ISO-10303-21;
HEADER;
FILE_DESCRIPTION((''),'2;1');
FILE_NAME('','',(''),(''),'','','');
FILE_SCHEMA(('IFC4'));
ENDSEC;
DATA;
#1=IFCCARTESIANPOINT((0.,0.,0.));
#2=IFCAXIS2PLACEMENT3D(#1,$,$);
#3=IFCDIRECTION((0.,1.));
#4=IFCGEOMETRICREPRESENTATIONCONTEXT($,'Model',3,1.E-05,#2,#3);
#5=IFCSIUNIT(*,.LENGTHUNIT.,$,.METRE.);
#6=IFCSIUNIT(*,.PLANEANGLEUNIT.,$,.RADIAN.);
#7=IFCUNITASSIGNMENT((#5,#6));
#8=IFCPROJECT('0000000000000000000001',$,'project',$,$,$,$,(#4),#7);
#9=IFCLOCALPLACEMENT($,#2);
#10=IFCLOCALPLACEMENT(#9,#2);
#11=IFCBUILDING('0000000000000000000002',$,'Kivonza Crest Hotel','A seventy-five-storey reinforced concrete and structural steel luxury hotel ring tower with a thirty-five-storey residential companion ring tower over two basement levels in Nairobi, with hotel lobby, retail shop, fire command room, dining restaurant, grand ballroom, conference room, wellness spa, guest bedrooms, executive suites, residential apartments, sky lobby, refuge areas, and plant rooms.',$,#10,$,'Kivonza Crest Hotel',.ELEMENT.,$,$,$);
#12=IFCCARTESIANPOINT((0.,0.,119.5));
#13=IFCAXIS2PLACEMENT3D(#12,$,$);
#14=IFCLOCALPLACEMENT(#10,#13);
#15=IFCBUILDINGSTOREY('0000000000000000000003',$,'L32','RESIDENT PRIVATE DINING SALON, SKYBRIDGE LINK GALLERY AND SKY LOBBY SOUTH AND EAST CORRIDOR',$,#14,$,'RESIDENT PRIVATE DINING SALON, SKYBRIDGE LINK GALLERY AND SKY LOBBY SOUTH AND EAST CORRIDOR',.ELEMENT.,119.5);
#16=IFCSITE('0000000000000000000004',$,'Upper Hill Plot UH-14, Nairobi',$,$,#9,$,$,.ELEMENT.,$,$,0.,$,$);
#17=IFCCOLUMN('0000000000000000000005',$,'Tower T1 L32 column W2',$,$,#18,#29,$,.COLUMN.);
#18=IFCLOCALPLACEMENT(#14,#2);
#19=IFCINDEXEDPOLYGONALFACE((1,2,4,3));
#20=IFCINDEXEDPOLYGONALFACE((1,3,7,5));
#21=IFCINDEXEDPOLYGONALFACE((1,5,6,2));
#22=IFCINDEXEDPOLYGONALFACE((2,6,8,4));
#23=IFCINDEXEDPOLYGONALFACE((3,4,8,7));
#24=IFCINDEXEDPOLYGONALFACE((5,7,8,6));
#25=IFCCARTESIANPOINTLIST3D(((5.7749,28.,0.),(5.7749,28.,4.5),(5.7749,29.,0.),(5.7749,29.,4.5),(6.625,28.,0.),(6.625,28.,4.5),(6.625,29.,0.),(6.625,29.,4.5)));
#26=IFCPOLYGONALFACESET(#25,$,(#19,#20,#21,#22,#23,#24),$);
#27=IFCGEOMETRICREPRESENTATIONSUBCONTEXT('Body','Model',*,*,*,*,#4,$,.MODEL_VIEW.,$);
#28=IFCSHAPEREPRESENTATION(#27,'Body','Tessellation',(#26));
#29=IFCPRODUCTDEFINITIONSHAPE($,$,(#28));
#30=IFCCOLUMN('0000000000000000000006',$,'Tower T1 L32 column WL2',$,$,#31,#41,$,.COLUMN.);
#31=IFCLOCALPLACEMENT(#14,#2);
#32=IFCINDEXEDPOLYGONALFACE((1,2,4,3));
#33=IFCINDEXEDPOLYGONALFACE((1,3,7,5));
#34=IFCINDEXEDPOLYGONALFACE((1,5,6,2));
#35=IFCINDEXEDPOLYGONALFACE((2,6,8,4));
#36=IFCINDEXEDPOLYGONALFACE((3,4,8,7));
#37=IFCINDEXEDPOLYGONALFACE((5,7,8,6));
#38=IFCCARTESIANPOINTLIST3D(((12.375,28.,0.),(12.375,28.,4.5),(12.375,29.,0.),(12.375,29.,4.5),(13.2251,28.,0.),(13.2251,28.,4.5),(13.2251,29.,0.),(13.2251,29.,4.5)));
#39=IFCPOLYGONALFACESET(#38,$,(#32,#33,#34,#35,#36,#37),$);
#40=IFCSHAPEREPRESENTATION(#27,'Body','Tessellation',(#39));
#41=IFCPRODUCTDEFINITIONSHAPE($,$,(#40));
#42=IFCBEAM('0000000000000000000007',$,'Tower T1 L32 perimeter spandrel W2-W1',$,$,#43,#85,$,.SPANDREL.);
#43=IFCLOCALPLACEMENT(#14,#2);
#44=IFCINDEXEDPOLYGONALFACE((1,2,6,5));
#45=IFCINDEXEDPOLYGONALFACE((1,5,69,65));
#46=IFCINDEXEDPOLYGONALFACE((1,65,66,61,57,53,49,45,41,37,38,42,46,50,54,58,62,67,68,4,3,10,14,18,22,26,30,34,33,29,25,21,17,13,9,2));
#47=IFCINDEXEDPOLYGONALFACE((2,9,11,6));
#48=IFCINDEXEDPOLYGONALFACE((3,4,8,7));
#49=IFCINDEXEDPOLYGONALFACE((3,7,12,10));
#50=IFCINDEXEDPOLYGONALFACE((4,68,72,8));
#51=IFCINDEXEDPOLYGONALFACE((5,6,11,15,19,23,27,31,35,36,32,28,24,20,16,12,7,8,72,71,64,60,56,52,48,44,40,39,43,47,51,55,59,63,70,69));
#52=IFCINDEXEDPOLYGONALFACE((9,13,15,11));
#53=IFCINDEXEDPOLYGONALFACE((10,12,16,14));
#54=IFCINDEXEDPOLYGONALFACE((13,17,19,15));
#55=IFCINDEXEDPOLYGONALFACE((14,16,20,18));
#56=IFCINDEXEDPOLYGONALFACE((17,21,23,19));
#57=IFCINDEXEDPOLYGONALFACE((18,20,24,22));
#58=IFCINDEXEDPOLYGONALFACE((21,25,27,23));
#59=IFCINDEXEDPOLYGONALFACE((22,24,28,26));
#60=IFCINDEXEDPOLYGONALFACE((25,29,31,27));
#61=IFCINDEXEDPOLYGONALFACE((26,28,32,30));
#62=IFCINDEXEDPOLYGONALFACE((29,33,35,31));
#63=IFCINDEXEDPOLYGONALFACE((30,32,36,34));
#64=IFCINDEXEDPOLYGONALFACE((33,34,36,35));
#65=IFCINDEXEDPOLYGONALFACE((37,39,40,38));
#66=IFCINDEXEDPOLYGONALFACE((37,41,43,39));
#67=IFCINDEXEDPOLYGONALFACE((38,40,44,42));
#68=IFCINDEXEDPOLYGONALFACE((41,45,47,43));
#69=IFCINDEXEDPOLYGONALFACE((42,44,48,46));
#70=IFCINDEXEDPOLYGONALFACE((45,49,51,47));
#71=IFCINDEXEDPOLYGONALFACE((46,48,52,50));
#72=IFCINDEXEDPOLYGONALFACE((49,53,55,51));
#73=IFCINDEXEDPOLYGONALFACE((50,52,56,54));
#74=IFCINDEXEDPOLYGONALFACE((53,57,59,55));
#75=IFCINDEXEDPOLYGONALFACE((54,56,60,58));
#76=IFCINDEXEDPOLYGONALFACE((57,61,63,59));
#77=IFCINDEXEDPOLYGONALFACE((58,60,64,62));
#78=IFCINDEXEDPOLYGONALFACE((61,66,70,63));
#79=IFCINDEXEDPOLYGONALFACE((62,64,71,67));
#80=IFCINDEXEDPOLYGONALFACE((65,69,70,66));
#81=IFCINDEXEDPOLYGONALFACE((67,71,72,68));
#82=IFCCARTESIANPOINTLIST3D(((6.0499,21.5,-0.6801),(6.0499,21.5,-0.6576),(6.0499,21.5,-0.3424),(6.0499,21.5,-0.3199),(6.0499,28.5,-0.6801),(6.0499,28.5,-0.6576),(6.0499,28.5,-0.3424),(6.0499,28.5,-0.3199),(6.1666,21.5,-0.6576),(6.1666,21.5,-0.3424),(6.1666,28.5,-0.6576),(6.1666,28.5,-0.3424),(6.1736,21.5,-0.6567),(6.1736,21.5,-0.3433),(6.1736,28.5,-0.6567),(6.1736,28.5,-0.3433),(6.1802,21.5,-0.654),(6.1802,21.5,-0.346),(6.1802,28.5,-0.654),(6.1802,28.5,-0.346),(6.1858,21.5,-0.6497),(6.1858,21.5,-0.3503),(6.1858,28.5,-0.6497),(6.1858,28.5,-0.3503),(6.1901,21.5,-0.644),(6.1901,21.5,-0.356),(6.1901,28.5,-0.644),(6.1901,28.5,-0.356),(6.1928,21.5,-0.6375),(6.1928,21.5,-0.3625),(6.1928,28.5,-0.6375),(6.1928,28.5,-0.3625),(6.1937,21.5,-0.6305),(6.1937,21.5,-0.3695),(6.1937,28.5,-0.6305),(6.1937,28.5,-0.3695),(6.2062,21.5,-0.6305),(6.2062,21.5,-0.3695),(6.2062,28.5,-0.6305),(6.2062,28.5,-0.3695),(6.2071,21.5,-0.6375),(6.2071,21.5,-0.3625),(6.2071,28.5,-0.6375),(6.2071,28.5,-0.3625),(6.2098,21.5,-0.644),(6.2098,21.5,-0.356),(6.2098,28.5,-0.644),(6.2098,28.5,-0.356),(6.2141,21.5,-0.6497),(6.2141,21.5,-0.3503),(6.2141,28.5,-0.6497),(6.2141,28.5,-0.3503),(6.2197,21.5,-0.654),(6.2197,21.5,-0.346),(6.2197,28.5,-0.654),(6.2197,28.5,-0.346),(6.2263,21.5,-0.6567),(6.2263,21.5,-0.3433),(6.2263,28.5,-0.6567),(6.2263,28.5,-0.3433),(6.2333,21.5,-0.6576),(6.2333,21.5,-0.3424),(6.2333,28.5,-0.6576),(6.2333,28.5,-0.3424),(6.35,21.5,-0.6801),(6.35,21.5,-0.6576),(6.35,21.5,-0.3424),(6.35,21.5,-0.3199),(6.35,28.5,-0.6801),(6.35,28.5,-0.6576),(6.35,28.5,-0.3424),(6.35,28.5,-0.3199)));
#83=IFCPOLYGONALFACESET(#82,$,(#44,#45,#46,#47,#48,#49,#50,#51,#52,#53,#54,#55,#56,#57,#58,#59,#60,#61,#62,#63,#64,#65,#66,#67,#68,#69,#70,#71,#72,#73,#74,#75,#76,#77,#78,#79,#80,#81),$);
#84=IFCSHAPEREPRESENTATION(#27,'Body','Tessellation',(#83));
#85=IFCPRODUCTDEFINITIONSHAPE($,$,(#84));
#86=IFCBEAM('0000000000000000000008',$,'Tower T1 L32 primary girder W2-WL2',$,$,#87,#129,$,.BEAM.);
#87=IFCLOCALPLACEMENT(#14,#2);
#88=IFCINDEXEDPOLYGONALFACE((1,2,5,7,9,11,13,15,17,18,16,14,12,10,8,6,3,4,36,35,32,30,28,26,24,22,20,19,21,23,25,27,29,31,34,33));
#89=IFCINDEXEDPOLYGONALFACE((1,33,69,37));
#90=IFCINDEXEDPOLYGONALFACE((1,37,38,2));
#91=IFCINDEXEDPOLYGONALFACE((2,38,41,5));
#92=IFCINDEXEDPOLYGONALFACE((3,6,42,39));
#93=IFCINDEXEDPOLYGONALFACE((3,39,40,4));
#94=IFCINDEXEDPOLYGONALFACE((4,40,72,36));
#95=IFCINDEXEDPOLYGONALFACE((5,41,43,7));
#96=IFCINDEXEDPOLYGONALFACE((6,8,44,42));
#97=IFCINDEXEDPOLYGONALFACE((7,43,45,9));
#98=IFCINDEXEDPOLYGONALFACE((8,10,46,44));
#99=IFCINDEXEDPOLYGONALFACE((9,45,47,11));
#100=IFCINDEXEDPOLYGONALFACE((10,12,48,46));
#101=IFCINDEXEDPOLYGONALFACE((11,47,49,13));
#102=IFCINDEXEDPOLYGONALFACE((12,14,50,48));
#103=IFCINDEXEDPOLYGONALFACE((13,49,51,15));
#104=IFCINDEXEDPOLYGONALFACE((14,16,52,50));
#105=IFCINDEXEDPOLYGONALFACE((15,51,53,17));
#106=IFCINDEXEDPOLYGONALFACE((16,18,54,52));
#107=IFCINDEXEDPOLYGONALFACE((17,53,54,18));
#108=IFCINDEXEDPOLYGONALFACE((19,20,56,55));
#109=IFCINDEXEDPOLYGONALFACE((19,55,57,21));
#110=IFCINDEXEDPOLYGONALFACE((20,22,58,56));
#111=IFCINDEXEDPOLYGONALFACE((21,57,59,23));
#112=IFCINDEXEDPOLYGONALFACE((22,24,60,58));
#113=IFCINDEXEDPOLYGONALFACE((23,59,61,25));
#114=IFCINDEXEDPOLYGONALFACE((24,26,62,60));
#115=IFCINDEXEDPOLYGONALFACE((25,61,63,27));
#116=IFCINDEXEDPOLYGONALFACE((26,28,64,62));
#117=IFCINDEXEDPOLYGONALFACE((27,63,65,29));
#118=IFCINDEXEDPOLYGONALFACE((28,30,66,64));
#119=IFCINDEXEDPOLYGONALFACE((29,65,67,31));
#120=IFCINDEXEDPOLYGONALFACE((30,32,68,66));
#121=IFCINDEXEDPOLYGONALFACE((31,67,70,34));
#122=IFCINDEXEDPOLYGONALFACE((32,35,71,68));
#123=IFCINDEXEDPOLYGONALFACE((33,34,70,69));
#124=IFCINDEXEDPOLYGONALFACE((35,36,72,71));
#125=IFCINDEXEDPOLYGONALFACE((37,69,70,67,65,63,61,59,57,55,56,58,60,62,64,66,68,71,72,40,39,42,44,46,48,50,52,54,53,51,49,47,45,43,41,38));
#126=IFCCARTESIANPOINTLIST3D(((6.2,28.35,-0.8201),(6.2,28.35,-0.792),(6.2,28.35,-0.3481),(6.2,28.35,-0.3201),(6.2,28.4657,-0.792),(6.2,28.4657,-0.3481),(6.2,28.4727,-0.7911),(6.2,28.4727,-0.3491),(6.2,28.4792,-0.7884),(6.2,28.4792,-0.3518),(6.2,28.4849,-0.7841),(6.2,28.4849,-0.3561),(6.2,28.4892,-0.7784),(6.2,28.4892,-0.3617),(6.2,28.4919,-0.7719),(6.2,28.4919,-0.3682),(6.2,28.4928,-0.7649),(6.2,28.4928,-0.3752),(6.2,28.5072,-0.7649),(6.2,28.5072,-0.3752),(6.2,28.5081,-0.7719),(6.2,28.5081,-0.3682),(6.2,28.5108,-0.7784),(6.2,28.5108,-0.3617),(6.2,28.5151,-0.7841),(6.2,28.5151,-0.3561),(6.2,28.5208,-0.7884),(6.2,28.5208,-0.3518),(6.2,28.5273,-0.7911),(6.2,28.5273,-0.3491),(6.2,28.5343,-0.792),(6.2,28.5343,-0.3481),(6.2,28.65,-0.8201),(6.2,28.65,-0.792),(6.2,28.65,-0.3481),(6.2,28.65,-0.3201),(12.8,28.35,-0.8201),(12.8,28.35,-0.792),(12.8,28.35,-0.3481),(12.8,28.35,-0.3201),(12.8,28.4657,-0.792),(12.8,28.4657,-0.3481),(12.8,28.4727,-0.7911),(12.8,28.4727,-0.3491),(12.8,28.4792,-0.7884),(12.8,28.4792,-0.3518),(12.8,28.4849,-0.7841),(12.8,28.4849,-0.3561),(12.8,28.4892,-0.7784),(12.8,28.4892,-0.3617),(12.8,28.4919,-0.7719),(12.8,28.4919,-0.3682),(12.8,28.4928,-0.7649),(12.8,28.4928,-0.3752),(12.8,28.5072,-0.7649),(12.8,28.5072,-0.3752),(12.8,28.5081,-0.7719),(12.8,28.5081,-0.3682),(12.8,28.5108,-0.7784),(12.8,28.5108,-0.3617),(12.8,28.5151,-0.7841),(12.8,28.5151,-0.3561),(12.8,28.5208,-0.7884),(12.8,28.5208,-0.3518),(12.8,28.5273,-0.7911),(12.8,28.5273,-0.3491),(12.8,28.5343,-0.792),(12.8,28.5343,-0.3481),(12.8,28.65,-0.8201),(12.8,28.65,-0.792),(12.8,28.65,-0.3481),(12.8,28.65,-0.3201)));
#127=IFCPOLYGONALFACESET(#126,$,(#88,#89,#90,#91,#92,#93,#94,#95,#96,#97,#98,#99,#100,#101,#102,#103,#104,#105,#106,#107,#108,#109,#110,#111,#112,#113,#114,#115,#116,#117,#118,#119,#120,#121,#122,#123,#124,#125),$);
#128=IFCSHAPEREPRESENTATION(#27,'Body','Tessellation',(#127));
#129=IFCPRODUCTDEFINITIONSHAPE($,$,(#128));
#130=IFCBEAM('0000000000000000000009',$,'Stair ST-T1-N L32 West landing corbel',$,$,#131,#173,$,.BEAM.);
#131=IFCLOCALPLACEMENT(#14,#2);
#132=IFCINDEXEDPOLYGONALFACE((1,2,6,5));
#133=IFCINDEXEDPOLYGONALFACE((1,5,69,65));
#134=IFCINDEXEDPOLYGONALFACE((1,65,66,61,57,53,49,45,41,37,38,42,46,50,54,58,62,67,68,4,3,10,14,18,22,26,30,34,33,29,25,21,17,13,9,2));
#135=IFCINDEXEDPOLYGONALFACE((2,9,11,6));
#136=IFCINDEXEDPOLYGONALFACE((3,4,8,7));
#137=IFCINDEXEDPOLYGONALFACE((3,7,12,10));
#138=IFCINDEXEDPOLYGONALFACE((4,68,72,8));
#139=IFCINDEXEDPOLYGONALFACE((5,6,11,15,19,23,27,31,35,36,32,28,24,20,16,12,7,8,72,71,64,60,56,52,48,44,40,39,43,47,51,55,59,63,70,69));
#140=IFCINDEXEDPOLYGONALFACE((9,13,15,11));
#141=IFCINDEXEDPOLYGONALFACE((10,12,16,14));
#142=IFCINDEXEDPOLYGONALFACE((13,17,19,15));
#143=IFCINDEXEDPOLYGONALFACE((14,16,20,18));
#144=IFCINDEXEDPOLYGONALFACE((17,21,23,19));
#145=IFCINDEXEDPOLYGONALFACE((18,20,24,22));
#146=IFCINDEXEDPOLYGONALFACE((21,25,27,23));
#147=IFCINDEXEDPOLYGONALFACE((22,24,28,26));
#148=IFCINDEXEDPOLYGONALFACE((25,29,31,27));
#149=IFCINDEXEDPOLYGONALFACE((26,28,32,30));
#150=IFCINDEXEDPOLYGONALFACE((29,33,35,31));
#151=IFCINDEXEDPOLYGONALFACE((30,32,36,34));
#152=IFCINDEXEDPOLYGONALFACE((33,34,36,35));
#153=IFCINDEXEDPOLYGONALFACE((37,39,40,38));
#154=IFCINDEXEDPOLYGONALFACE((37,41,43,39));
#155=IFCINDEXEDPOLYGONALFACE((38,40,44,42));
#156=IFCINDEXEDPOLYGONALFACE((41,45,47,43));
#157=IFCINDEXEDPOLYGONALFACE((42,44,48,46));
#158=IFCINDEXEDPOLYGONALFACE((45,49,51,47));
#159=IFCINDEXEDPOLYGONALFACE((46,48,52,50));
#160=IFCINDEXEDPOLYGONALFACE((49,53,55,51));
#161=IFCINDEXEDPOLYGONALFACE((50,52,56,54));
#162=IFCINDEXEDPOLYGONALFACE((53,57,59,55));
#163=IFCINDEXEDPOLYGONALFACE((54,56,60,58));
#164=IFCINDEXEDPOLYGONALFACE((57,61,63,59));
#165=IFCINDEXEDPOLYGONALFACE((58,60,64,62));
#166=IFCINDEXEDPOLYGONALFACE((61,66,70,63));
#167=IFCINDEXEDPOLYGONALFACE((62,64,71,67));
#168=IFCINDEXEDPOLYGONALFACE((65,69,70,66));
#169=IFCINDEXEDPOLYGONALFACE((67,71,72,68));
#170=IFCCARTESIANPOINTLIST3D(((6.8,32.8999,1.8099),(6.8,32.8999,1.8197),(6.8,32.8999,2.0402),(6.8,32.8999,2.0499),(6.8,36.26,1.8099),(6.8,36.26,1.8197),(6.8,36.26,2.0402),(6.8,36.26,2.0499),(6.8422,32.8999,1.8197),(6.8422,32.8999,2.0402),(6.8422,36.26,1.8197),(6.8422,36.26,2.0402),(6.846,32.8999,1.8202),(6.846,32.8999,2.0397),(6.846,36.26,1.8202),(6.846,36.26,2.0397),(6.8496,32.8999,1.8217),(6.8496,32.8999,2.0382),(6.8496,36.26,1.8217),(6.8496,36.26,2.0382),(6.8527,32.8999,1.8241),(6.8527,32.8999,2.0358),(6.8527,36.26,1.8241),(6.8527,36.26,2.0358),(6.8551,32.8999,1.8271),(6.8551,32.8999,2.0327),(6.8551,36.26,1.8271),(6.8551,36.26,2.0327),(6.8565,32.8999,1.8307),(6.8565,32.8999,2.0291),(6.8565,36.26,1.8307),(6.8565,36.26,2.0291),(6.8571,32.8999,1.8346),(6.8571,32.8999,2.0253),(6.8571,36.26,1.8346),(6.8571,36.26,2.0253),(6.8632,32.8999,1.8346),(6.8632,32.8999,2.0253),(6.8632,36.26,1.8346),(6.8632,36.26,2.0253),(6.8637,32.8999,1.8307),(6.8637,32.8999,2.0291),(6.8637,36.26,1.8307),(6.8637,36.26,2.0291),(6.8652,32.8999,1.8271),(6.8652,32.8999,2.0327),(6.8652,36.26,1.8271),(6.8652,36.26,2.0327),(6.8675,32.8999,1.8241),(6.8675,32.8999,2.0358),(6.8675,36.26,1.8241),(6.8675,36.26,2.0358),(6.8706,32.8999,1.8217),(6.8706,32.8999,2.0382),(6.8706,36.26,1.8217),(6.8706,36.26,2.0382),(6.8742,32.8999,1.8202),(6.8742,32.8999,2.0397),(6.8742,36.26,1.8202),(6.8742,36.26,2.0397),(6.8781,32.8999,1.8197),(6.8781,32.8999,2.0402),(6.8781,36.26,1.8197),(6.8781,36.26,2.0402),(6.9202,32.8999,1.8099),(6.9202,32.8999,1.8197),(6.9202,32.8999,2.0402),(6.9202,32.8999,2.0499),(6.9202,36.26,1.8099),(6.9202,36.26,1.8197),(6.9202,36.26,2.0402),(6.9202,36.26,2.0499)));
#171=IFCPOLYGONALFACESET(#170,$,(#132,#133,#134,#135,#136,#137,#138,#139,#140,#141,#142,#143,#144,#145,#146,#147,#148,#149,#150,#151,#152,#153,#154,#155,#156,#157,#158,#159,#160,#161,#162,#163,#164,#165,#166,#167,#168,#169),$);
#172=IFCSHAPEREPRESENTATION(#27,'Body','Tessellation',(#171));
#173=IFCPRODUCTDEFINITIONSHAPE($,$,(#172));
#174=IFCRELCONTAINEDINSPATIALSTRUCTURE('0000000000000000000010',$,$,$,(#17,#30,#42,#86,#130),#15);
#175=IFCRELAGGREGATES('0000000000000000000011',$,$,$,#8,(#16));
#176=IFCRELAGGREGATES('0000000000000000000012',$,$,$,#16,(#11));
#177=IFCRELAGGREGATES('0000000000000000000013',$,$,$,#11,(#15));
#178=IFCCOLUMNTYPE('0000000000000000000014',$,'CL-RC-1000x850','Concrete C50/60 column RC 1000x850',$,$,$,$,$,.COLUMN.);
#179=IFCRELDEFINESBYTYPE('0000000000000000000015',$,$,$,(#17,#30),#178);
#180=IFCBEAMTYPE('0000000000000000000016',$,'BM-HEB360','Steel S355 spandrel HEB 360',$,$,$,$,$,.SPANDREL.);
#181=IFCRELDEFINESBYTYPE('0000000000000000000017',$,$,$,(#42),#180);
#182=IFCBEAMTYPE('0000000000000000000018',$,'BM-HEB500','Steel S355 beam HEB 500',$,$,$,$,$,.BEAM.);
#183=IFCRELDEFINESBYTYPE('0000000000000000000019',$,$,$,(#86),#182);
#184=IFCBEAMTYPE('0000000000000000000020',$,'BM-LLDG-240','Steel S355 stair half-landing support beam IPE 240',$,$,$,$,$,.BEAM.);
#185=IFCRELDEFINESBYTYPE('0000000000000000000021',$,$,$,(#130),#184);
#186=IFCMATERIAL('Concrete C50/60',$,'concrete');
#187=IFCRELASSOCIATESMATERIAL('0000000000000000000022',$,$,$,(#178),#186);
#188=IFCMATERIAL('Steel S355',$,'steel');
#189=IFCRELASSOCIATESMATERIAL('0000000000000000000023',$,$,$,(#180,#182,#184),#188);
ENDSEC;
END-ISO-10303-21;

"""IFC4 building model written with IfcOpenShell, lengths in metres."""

from ifc_helpers import new_model, si_unit, direction, frame, origin, origin_2d, place, context, subcontext, project, spatial, rectangle, i_section, extrude, material, material_profile, profile_set, type_object, element, save


model = new_model("IFC4")

# Units and contexts
model_context = context("Model", 3, precision=1e-05, world=origin(), true_north=direction((0.0, 1.0)))
body_context = subcontext(model_context, "Body", "Model", "MODEL_VIEW")
ifc_project = project(units=[si_unit("LENGTHUNIT", "METRE"), si_unit("PLANEANGLEUNIT", "RADIAN")], contexts=[model_context])

# Site, building, storey
site_placement = place(None, origin())
site = spatial("IfcSite", under=ifc_project, at=site_placement, Name="Upper Hill Plot UH-14, Nairobi", CompositionType="ELEMENT", RefElevation=0.0)
building_placement = place(site_placement, origin())
building = spatial("IfcBuilding", under=site, at=building_placement, Name="Kivonza Crest Hotel", Description="A seventy-five-storey reinforced concrete and structural steel luxury hotel ring tower with a thirty-five-storey residential companion ring tower over two basement levels in Nairobi, with hotel lobby, retail shop, fire command room, dining restaurant, grand ballroom, conference room, wellness spa, guest bedrooms, executive suites, residential apartments, sky lobby, refuge areas, and plant rooms.", LongName="Kivonza Crest Hotel", CompositionType="ELEMENT")
storey_placement = place(building_placement, frame((0.0, 0.0, 119.5)))
storey = spatial("IfcBuildingStorey", under=building, at=storey_placement, Name="L32", Description="RESIDENT PRIVATE DINING SALON, SKYBRIDGE LINK GALLERY AND SKY LOBBY SOUTH AND EAST CORRIDOR", LongName="RESIDENT PRIVATE DINING SALON, SKYBRIDGE LINK GALLERY AND SKY LOBBY SOUTH AND EAST CORRIDOR", CompositionType="ELEMENT", Elevation=119.5)

# Columns
ifc_material_1 = material(Name="Concrete C50/60", Category="concrete")
ifc_material_profile_1 = material_profile(ifc_material_1, rectangle(XDim=0.8501, YDim=1.0, at=origin_2d()), Name="RC 1000x850")
ifc_profile_set_1 = profile_set([ifc_material_profile_1], Name="Concrete C50/60")
column_type = type_object("IfcColumnType", Name="CL-RC-1000x850", Description="Concrete C50/60 column RC 1000x850", PredefinedType="COLUMN", material=ifc_profile_set_1)
for number, where, z_axis, x_axis, name in (
    (1, (6.2, 28.5, 0.0), (0.0, 0.0, 1.0), (1.0, 0.0, 0.0), "Tower T1 L32 column W2"),
    (2, (12.8, 28.5, 0.0), (0.0, 0.0, 1.0), (1.0, 0.0, 0.0), "Tower T1 L32 column WL2"),
):
    element("IfcColumn", number, at=place(storey_placement, frame(where, z_axis=z_axis, x_axis=x_axis)), inside=storey, type_object=column_type, Name=name, PredefinedType="COLUMN", context=body_context, shape_type="SweptSolid", body=[
        extrude(rectangle(XDim=0.8501, YDim=1.0, at=origin_2d()), origin(), (0.0, 0.0, 1.0), 4.5),
    ])

# Beams
ifc_material_2 = material(Name="Steel S355", Category="steel")
ifc_material_profile_2 = material_profile(ifc_material_2, i_section(OverallWidth=0.3, OverallDepth=0.3601, WebThickness=0.0125, FlangeThickness=0.0225, FilletRadius=0.0271, at=origin_2d()), Name="HEB 360")
ifc_profile_set_2 = profile_set([ifc_material_profile_2], Name="Steel S355")
beam_type_1 = type_object("IfcBeamType", Name="BM-HEB360", Description="Steel S355 spandrel HEB 360", PredefinedType="SPANDREL", material=ifc_profile_set_2)
beam_1_placement = place(storey_placement, frame((6.2, 28.5, -0.5), z_axis=(0.0, -1.0, 0.0), x_axis=(1.0, 0.0, 0.0)))
element("IfcBeam", 3, at=beam_1_placement, inside=storey, type_object=beam_type_1, Name="Tower T1 L32 perimeter spandrel W2-W1", PredefinedType="SPANDREL", context=body_context, shape_type="SweptSolid", body=[
    extrude(i_section(OverallWidth=0.3, OverallDepth=0.3601, WebThickness=0.0125, FlangeThickness=0.0225, FilletRadius=0.0271, at=origin_2d()), origin(), (0.0, 0.0, 1.0), 7.0),
])
ifc_material_profile_3 = material_profile(ifc_material_2, i_section(OverallWidth=0.3, OverallDepth=0.5, WebThickness=0.0144, FlangeThickness=0.0281, FilletRadius=0.0271, at=origin_2d()), Name="HEB 500")
ifc_profile_set_3 = profile_set([ifc_material_profile_3], Name="Steel S355")
beam_type_2 = type_object("IfcBeamType", Name="BM-HEB500", Description="Steel S355 beam HEB 500", PredefinedType="BEAM", material=ifc_profile_set_3)
beam_2_placement = place(storey_placement, frame((6.2, 28.5, -0.5701), z_axis=(1.0, 0.0, 0.0), x_axis=(0.0, 1.0, 0.0)))
element("IfcBeam", 4, at=beam_2_placement, inside=storey, type_object=beam_type_2, Name="Tower T1 L32 primary girder W2-WL2", PredefinedType="BEAM", context=body_context, shape_type="SweptSolid", body=[
    extrude(i_section(OverallWidth=0.3, OverallDepth=0.5, WebThickness=0.0144, FlangeThickness=0.0281, FilletRadius=0.0271, at=origin_2d()), origin(), (0.0, 0.0, 1.0), 6.6001),
])
ifc_material_profile_4 = material_profile(ifc_material_2, i_section(OverallWidth=0.1201, OverallDepth=0.24, WebThickness=0.0061, FlangeThickness=0.0098, FilletRadius=0.0149, at=origin_2d()), Name="IPE 240")
ifc_profile_set_4 = profile_set([ifc_material_profile_4], Name="Steel S355")
beam_type_3 = type_object("IfcBeamType", Name="BM-LLDG-240", Description="Steel S355 stair half-landing support beam IPE 240", PredefinedType="BEAM", material=ifc_profile_set_4)
beam_3_placement = place(storey_placement, frame((6.8601, 32.8999, 1.9299), z_axis=(0.0, 1.0, 0.0), x_axis=(-1.0, 0.0, 0.0)))
element("IfcBeam", 5, at=beam_3_placement, inside=storey, type_object=beam_type_3, Name="Stair ST-T1-N L32 West landing corbel", PredefinedType="BEAM", context=body_context, shape_type="SweptSolid", body=[
    extrude(i_section(OverallWidth=0.1201, OverallDepth=0.24, WebThickness=0.0061, FlangeThickness=0.0098, FilletRadius=0.0149, at=origin_2d()), origin(), (0.0, 0.0, 1.0), 3.3601),
])

save(model, "model.ifc")
